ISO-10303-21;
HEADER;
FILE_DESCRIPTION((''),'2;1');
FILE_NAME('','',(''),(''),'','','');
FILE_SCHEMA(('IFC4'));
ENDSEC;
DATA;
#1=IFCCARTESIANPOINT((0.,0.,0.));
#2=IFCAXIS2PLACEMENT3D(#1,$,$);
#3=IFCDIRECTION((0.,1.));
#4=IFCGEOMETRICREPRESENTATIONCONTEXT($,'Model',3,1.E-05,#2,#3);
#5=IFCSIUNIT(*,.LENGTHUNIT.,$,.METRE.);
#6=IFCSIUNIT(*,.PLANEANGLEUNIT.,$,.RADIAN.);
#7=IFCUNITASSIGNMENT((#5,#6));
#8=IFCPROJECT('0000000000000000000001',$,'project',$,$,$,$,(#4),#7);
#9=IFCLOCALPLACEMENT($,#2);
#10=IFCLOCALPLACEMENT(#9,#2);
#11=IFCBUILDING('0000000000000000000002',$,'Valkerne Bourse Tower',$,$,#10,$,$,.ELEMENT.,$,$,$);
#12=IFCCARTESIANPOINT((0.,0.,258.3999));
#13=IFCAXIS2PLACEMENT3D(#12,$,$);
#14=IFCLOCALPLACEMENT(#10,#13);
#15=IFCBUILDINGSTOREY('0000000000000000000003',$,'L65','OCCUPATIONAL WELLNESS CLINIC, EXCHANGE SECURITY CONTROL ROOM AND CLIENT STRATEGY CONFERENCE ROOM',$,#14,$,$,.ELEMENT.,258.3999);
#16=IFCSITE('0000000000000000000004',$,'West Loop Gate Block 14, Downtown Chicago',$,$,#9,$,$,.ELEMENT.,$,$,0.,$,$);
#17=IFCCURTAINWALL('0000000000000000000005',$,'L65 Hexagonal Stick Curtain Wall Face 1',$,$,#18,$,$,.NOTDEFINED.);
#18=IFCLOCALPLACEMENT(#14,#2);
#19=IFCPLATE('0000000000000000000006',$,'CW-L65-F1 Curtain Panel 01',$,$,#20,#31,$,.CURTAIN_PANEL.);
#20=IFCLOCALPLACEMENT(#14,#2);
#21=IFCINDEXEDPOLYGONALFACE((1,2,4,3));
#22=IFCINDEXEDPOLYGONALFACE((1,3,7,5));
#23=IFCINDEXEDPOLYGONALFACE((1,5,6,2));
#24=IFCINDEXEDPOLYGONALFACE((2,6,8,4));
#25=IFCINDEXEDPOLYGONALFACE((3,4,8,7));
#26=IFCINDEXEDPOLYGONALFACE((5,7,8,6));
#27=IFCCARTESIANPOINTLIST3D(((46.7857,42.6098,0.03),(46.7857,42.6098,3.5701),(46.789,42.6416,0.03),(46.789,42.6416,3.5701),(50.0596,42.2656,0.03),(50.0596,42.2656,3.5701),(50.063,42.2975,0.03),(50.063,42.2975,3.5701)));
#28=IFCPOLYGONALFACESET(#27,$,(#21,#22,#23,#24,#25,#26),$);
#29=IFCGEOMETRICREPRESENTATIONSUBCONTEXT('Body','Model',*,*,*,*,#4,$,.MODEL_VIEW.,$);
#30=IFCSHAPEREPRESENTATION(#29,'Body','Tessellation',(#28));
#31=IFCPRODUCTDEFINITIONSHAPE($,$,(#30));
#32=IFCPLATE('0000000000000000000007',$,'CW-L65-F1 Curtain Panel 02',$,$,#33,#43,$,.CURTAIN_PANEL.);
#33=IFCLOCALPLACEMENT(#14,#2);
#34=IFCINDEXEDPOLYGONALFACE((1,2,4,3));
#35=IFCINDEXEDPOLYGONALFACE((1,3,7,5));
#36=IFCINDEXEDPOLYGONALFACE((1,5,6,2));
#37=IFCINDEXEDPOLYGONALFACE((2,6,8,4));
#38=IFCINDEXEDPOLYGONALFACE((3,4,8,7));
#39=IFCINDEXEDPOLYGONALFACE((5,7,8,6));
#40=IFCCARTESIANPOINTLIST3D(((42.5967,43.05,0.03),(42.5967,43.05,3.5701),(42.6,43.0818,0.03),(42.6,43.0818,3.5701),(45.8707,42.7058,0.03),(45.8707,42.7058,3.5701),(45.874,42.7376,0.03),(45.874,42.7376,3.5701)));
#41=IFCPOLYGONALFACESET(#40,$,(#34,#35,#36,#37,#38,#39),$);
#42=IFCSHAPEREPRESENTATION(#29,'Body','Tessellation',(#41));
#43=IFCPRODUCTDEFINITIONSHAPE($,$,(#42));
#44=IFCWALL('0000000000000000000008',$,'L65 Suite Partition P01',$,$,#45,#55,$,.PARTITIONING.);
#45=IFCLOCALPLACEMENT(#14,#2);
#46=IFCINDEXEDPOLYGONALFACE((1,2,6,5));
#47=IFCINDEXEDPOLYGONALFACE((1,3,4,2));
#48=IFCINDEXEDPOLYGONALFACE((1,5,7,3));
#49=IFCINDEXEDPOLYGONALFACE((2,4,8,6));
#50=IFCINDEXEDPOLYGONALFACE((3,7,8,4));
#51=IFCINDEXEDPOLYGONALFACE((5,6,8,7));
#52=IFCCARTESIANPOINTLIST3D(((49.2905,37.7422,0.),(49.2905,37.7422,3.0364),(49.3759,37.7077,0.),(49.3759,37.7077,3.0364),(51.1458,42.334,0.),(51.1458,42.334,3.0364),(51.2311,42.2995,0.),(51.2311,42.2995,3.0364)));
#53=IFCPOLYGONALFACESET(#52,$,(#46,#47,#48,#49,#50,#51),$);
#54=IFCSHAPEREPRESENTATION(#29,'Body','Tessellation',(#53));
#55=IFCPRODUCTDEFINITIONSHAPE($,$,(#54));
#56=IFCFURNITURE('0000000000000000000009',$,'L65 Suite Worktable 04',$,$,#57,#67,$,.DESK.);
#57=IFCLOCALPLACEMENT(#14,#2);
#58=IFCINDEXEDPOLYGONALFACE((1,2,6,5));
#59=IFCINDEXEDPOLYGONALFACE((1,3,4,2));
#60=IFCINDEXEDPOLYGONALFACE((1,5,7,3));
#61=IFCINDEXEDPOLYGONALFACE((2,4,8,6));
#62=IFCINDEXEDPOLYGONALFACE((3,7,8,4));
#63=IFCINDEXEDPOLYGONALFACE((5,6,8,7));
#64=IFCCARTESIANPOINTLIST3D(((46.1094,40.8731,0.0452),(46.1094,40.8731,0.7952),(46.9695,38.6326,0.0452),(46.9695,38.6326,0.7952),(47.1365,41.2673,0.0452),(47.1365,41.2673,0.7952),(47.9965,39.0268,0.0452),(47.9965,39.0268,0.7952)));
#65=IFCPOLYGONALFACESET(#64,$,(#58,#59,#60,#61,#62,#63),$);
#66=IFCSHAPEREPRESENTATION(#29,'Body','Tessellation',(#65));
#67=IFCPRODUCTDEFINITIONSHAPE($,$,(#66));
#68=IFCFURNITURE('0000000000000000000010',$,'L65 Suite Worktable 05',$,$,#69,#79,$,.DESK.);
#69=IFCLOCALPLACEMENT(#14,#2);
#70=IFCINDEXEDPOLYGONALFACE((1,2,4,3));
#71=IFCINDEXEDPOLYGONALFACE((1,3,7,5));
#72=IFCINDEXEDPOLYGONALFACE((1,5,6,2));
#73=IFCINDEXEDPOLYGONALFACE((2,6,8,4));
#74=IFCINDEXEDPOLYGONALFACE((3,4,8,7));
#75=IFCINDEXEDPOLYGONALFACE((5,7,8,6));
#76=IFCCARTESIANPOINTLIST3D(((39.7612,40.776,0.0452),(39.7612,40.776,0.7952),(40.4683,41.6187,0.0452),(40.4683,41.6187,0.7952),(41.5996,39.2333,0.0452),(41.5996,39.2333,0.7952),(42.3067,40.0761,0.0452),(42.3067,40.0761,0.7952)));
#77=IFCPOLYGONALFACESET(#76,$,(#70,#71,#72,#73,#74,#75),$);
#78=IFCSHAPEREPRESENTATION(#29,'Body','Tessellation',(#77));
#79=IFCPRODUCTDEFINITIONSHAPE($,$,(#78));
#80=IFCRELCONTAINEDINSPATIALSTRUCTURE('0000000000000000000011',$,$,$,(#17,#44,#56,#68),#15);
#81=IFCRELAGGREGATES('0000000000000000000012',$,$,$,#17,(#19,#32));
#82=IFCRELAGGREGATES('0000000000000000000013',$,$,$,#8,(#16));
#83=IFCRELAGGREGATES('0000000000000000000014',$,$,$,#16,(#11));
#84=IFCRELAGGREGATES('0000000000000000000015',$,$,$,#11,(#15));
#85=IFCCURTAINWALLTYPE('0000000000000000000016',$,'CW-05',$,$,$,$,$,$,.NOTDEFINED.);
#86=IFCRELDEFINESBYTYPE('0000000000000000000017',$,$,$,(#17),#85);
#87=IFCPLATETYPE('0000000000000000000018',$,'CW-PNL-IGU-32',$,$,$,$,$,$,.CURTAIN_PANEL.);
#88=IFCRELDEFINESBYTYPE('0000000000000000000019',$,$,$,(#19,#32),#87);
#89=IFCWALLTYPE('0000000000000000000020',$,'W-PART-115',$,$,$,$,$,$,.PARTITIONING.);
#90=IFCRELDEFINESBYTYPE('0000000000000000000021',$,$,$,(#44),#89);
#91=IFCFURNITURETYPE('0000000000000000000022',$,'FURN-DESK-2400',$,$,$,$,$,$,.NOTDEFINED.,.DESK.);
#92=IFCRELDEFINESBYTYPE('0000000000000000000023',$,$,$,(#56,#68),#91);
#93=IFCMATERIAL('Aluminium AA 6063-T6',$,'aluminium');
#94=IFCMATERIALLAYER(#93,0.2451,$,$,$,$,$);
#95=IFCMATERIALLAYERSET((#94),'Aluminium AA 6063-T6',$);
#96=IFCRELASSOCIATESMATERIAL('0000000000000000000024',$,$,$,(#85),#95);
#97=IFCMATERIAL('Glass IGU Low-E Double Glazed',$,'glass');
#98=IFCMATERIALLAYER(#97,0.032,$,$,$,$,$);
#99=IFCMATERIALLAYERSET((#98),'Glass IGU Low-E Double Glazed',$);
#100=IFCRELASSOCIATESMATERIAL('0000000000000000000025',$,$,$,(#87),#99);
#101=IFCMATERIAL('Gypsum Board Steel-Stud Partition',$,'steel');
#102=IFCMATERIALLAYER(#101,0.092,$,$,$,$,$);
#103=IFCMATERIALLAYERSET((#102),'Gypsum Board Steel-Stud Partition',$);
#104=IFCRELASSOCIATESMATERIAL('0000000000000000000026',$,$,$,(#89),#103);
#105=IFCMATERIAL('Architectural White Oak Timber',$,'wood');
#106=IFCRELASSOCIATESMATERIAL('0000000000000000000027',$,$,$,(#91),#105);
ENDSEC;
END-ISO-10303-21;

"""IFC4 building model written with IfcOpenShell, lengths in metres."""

from ifc_helpers import new_model, si_unit, direction, frame, frame_2d, origin, origin_2d, place, context, subcontext, project, spatial, rectangle, extrude, material, layer, layer_set, type_object, element, aggregate, save


model = new_model("IFC4")

# Units and contexts
model_context = context("Model", 3, precision=1e-05, world=origin(), true_north=direction((0.0, 1.0)))
body_context = subcontext(model_context, "Body", "Model", "MODEL_VIEW")
ifc_project = project(units=[si_unit("LENGTHUNIT", "METRE"), si_unit("PLANEANGLEUNIT", "RADIAN")], contexts=[model_context])

# Site, building, storey
site_placement = place(None, origin())
site = spatial("IfcSite", under=ifc_project, at=site_placement, Name="West Loop Gate Block 14, Downtown Chicago", CompositionType="ELEMENT", RefElevation=0.0)
building_placement = place(site_placement, origin())
building = spatial("IfcBuilding", under=site, at=building_placement, Name="Valkerne Bourse Tower", CompositionType="ELEMENT")
storey_placement = place(building_placement, frame((0.0, 0.0, 258.3999)))
storey = spatial("IfcBuildingStorey", under=building, at=storey_placement, Name="L65", Description="OCCUPATIONAL WELLNESS CLINIC, EXCHANGE SECURITY CONTROL ROOM AND CLIENT STRATEGY CONFERENCE ROOM", CompositionType="ELEMENT", Elevation=258.3999)

# Curtain wall
ifc_material_1 = material(Name="Aluminium AA 6063-T6", Category="aluminium")
ifc_layer_1 = layer(ifc_material_1, 0.2451)
ifc_layer_set_1 = layer_set([ifc_layer_1], Name="Aluminium AA 6063-T6")
curtain_wall_type = type_object("IfcCurtainWallType", Name="CW-05", PredefinedType="NOTDEFINED", material=ifc_layer_set_1)
curtain_wall_placement = place(storey_placement, origin())
curtain_wall = element("IfcCurtainWall", 1, at=curtain_wall_placement, inside=storey, type_object=curtain_wall_type, Name="L65 Hexagonal Stick Curtain Wall Face 1", PredefinedType="NOTDEFINED")

# Plates
ifc_material_2 = material(Name="Glass IGU Low-E Double Glazed", Category="glass")
ifc_layer_2 = layer(ifc_material_2, 0.032)
ifc_layer_set_2 = layer_set([ifc_layer_2], Name="Glass IGU Low-E Double Glazed")
plate_type = type_object("IfcPlateType", Name="CW-PNL-IGU-32", PredefinedType="CURTAIN_PANEL", material=ifc_layer_set_2)
plate_1_placement = place(storey_placement, frame((48.4243, 42.4536, 0.03), z_axis=(0.0, 0.0, 1.0), x_axis=(-0.994521, 0.104533, 0.0)))
plate_1 = element("IfcPlate", 2, at=plate_1_placement, type_object=plate_type, Name="CW-L65-F1 Curtain Panel 01", PredefinedType="CURTAIN_PANEL", context=body_context, shape_type="SweptSolid", body=[
    extrude(rectangle(XDim=3.292, YDim=0.032, at=origin_2d()), origin(), (0.0, 0.0, 1.0), 3.54),
])
plate_2_placement = place(storey_placement, frame((44.2354, 42.8938, 0.03), z_axis=(0.0, 0.0, 1.0), x_axis=(-0.994521, 0.104535, 0.0)))
plate_2 = element("IfcPlate", 3, at=plate_2_placement, type_object=plate_type, Name="CW-L65-F1 Curtain Panel 02", PredefinedType="CURTAIN_PANEL", context=body_context, shape_type="SweptSolid", body=[
    extrude(rectangle(XDim=3.292, YDim=0.032, at=origin_2d()), origin(), (0.0, 0.0, 1.0), 3.54),
])
aggregate(curtain_wall, [plate_1, plate_2])

# Wall
ifc_material_3 = material(Name="Gypsum Board Steel-Stud Partition", Category="steel")
ifc_layer_3 = layer(ifc_material_3, 0.092)
ifc_layer_set_3 = layer_set([ifc_layer_3], Name="Gypsum Board Steel-Stud Partition")
wall_type = type_object("IfcWallType", Name="W-PART-115", PredefinedType="PARTITIONING", material=ifc_layer_set_3)
wall_placement = place(storey_placement, frame((49.3333, 37.7251, 0.0), z_axis=(0.0, 0.0, 1.0), x_axis=(0.37461, 0.927183, 0.0)))
element("IfcWall", 4, at=wall_placement, inside=storey, type_object=wall_type, Name="L65 Suite Partition P01", PredefinedType="PARTITIONING", context=body_context, shape_type="SweptSolid", body=[
    extrude(rectangle(XDim=4.9524, YDim=0.092, at=frame_2d((2.4761, 0.0))), origin(), (0.0, 0.0, 1.0), 3.0364),
])

# Furniture
ifc_material_4 = material(Name="Architectural White Oak Timber", Category="wood")
furniture_type = type_object("IfcFurnitureType", Name="FURN-DESK-2400", AssemblyPlace="NOTDEFINED", PredefinedType="DESK", material=ifc_material_4)
for number, where, z_axis, x_axis, name in (
    (5, (47.053, 39.95, 0.0452), (0.0, 0.0, 1.0), (-0.358368, 0.93358, 0.0), "L65 Suite Worktable 04"),
    (6, (41.0339, 40.426, 0.0452), (0.0, 0.0, 1.0), (-0.766044, 0.642788, 0.0), "L65 Suite Worktable 05"),
):
    element("IfcFurniture", number, at=place(storey_placement, frame(where, z_axis=z_axis, x_axis=x_axis)), inside=storey, type_object=furniture_type, Name=name, PredefinedType="DESK", context=body_context, shape_type="SweptSolid", body=[
        extrude(rectangle(XDim=2.3999, YDim=1.1001, at=origin_2d()), origin(), (0.0, 0.0, 1.0), 0.75),
    ])

save(model, "model.ifc")
